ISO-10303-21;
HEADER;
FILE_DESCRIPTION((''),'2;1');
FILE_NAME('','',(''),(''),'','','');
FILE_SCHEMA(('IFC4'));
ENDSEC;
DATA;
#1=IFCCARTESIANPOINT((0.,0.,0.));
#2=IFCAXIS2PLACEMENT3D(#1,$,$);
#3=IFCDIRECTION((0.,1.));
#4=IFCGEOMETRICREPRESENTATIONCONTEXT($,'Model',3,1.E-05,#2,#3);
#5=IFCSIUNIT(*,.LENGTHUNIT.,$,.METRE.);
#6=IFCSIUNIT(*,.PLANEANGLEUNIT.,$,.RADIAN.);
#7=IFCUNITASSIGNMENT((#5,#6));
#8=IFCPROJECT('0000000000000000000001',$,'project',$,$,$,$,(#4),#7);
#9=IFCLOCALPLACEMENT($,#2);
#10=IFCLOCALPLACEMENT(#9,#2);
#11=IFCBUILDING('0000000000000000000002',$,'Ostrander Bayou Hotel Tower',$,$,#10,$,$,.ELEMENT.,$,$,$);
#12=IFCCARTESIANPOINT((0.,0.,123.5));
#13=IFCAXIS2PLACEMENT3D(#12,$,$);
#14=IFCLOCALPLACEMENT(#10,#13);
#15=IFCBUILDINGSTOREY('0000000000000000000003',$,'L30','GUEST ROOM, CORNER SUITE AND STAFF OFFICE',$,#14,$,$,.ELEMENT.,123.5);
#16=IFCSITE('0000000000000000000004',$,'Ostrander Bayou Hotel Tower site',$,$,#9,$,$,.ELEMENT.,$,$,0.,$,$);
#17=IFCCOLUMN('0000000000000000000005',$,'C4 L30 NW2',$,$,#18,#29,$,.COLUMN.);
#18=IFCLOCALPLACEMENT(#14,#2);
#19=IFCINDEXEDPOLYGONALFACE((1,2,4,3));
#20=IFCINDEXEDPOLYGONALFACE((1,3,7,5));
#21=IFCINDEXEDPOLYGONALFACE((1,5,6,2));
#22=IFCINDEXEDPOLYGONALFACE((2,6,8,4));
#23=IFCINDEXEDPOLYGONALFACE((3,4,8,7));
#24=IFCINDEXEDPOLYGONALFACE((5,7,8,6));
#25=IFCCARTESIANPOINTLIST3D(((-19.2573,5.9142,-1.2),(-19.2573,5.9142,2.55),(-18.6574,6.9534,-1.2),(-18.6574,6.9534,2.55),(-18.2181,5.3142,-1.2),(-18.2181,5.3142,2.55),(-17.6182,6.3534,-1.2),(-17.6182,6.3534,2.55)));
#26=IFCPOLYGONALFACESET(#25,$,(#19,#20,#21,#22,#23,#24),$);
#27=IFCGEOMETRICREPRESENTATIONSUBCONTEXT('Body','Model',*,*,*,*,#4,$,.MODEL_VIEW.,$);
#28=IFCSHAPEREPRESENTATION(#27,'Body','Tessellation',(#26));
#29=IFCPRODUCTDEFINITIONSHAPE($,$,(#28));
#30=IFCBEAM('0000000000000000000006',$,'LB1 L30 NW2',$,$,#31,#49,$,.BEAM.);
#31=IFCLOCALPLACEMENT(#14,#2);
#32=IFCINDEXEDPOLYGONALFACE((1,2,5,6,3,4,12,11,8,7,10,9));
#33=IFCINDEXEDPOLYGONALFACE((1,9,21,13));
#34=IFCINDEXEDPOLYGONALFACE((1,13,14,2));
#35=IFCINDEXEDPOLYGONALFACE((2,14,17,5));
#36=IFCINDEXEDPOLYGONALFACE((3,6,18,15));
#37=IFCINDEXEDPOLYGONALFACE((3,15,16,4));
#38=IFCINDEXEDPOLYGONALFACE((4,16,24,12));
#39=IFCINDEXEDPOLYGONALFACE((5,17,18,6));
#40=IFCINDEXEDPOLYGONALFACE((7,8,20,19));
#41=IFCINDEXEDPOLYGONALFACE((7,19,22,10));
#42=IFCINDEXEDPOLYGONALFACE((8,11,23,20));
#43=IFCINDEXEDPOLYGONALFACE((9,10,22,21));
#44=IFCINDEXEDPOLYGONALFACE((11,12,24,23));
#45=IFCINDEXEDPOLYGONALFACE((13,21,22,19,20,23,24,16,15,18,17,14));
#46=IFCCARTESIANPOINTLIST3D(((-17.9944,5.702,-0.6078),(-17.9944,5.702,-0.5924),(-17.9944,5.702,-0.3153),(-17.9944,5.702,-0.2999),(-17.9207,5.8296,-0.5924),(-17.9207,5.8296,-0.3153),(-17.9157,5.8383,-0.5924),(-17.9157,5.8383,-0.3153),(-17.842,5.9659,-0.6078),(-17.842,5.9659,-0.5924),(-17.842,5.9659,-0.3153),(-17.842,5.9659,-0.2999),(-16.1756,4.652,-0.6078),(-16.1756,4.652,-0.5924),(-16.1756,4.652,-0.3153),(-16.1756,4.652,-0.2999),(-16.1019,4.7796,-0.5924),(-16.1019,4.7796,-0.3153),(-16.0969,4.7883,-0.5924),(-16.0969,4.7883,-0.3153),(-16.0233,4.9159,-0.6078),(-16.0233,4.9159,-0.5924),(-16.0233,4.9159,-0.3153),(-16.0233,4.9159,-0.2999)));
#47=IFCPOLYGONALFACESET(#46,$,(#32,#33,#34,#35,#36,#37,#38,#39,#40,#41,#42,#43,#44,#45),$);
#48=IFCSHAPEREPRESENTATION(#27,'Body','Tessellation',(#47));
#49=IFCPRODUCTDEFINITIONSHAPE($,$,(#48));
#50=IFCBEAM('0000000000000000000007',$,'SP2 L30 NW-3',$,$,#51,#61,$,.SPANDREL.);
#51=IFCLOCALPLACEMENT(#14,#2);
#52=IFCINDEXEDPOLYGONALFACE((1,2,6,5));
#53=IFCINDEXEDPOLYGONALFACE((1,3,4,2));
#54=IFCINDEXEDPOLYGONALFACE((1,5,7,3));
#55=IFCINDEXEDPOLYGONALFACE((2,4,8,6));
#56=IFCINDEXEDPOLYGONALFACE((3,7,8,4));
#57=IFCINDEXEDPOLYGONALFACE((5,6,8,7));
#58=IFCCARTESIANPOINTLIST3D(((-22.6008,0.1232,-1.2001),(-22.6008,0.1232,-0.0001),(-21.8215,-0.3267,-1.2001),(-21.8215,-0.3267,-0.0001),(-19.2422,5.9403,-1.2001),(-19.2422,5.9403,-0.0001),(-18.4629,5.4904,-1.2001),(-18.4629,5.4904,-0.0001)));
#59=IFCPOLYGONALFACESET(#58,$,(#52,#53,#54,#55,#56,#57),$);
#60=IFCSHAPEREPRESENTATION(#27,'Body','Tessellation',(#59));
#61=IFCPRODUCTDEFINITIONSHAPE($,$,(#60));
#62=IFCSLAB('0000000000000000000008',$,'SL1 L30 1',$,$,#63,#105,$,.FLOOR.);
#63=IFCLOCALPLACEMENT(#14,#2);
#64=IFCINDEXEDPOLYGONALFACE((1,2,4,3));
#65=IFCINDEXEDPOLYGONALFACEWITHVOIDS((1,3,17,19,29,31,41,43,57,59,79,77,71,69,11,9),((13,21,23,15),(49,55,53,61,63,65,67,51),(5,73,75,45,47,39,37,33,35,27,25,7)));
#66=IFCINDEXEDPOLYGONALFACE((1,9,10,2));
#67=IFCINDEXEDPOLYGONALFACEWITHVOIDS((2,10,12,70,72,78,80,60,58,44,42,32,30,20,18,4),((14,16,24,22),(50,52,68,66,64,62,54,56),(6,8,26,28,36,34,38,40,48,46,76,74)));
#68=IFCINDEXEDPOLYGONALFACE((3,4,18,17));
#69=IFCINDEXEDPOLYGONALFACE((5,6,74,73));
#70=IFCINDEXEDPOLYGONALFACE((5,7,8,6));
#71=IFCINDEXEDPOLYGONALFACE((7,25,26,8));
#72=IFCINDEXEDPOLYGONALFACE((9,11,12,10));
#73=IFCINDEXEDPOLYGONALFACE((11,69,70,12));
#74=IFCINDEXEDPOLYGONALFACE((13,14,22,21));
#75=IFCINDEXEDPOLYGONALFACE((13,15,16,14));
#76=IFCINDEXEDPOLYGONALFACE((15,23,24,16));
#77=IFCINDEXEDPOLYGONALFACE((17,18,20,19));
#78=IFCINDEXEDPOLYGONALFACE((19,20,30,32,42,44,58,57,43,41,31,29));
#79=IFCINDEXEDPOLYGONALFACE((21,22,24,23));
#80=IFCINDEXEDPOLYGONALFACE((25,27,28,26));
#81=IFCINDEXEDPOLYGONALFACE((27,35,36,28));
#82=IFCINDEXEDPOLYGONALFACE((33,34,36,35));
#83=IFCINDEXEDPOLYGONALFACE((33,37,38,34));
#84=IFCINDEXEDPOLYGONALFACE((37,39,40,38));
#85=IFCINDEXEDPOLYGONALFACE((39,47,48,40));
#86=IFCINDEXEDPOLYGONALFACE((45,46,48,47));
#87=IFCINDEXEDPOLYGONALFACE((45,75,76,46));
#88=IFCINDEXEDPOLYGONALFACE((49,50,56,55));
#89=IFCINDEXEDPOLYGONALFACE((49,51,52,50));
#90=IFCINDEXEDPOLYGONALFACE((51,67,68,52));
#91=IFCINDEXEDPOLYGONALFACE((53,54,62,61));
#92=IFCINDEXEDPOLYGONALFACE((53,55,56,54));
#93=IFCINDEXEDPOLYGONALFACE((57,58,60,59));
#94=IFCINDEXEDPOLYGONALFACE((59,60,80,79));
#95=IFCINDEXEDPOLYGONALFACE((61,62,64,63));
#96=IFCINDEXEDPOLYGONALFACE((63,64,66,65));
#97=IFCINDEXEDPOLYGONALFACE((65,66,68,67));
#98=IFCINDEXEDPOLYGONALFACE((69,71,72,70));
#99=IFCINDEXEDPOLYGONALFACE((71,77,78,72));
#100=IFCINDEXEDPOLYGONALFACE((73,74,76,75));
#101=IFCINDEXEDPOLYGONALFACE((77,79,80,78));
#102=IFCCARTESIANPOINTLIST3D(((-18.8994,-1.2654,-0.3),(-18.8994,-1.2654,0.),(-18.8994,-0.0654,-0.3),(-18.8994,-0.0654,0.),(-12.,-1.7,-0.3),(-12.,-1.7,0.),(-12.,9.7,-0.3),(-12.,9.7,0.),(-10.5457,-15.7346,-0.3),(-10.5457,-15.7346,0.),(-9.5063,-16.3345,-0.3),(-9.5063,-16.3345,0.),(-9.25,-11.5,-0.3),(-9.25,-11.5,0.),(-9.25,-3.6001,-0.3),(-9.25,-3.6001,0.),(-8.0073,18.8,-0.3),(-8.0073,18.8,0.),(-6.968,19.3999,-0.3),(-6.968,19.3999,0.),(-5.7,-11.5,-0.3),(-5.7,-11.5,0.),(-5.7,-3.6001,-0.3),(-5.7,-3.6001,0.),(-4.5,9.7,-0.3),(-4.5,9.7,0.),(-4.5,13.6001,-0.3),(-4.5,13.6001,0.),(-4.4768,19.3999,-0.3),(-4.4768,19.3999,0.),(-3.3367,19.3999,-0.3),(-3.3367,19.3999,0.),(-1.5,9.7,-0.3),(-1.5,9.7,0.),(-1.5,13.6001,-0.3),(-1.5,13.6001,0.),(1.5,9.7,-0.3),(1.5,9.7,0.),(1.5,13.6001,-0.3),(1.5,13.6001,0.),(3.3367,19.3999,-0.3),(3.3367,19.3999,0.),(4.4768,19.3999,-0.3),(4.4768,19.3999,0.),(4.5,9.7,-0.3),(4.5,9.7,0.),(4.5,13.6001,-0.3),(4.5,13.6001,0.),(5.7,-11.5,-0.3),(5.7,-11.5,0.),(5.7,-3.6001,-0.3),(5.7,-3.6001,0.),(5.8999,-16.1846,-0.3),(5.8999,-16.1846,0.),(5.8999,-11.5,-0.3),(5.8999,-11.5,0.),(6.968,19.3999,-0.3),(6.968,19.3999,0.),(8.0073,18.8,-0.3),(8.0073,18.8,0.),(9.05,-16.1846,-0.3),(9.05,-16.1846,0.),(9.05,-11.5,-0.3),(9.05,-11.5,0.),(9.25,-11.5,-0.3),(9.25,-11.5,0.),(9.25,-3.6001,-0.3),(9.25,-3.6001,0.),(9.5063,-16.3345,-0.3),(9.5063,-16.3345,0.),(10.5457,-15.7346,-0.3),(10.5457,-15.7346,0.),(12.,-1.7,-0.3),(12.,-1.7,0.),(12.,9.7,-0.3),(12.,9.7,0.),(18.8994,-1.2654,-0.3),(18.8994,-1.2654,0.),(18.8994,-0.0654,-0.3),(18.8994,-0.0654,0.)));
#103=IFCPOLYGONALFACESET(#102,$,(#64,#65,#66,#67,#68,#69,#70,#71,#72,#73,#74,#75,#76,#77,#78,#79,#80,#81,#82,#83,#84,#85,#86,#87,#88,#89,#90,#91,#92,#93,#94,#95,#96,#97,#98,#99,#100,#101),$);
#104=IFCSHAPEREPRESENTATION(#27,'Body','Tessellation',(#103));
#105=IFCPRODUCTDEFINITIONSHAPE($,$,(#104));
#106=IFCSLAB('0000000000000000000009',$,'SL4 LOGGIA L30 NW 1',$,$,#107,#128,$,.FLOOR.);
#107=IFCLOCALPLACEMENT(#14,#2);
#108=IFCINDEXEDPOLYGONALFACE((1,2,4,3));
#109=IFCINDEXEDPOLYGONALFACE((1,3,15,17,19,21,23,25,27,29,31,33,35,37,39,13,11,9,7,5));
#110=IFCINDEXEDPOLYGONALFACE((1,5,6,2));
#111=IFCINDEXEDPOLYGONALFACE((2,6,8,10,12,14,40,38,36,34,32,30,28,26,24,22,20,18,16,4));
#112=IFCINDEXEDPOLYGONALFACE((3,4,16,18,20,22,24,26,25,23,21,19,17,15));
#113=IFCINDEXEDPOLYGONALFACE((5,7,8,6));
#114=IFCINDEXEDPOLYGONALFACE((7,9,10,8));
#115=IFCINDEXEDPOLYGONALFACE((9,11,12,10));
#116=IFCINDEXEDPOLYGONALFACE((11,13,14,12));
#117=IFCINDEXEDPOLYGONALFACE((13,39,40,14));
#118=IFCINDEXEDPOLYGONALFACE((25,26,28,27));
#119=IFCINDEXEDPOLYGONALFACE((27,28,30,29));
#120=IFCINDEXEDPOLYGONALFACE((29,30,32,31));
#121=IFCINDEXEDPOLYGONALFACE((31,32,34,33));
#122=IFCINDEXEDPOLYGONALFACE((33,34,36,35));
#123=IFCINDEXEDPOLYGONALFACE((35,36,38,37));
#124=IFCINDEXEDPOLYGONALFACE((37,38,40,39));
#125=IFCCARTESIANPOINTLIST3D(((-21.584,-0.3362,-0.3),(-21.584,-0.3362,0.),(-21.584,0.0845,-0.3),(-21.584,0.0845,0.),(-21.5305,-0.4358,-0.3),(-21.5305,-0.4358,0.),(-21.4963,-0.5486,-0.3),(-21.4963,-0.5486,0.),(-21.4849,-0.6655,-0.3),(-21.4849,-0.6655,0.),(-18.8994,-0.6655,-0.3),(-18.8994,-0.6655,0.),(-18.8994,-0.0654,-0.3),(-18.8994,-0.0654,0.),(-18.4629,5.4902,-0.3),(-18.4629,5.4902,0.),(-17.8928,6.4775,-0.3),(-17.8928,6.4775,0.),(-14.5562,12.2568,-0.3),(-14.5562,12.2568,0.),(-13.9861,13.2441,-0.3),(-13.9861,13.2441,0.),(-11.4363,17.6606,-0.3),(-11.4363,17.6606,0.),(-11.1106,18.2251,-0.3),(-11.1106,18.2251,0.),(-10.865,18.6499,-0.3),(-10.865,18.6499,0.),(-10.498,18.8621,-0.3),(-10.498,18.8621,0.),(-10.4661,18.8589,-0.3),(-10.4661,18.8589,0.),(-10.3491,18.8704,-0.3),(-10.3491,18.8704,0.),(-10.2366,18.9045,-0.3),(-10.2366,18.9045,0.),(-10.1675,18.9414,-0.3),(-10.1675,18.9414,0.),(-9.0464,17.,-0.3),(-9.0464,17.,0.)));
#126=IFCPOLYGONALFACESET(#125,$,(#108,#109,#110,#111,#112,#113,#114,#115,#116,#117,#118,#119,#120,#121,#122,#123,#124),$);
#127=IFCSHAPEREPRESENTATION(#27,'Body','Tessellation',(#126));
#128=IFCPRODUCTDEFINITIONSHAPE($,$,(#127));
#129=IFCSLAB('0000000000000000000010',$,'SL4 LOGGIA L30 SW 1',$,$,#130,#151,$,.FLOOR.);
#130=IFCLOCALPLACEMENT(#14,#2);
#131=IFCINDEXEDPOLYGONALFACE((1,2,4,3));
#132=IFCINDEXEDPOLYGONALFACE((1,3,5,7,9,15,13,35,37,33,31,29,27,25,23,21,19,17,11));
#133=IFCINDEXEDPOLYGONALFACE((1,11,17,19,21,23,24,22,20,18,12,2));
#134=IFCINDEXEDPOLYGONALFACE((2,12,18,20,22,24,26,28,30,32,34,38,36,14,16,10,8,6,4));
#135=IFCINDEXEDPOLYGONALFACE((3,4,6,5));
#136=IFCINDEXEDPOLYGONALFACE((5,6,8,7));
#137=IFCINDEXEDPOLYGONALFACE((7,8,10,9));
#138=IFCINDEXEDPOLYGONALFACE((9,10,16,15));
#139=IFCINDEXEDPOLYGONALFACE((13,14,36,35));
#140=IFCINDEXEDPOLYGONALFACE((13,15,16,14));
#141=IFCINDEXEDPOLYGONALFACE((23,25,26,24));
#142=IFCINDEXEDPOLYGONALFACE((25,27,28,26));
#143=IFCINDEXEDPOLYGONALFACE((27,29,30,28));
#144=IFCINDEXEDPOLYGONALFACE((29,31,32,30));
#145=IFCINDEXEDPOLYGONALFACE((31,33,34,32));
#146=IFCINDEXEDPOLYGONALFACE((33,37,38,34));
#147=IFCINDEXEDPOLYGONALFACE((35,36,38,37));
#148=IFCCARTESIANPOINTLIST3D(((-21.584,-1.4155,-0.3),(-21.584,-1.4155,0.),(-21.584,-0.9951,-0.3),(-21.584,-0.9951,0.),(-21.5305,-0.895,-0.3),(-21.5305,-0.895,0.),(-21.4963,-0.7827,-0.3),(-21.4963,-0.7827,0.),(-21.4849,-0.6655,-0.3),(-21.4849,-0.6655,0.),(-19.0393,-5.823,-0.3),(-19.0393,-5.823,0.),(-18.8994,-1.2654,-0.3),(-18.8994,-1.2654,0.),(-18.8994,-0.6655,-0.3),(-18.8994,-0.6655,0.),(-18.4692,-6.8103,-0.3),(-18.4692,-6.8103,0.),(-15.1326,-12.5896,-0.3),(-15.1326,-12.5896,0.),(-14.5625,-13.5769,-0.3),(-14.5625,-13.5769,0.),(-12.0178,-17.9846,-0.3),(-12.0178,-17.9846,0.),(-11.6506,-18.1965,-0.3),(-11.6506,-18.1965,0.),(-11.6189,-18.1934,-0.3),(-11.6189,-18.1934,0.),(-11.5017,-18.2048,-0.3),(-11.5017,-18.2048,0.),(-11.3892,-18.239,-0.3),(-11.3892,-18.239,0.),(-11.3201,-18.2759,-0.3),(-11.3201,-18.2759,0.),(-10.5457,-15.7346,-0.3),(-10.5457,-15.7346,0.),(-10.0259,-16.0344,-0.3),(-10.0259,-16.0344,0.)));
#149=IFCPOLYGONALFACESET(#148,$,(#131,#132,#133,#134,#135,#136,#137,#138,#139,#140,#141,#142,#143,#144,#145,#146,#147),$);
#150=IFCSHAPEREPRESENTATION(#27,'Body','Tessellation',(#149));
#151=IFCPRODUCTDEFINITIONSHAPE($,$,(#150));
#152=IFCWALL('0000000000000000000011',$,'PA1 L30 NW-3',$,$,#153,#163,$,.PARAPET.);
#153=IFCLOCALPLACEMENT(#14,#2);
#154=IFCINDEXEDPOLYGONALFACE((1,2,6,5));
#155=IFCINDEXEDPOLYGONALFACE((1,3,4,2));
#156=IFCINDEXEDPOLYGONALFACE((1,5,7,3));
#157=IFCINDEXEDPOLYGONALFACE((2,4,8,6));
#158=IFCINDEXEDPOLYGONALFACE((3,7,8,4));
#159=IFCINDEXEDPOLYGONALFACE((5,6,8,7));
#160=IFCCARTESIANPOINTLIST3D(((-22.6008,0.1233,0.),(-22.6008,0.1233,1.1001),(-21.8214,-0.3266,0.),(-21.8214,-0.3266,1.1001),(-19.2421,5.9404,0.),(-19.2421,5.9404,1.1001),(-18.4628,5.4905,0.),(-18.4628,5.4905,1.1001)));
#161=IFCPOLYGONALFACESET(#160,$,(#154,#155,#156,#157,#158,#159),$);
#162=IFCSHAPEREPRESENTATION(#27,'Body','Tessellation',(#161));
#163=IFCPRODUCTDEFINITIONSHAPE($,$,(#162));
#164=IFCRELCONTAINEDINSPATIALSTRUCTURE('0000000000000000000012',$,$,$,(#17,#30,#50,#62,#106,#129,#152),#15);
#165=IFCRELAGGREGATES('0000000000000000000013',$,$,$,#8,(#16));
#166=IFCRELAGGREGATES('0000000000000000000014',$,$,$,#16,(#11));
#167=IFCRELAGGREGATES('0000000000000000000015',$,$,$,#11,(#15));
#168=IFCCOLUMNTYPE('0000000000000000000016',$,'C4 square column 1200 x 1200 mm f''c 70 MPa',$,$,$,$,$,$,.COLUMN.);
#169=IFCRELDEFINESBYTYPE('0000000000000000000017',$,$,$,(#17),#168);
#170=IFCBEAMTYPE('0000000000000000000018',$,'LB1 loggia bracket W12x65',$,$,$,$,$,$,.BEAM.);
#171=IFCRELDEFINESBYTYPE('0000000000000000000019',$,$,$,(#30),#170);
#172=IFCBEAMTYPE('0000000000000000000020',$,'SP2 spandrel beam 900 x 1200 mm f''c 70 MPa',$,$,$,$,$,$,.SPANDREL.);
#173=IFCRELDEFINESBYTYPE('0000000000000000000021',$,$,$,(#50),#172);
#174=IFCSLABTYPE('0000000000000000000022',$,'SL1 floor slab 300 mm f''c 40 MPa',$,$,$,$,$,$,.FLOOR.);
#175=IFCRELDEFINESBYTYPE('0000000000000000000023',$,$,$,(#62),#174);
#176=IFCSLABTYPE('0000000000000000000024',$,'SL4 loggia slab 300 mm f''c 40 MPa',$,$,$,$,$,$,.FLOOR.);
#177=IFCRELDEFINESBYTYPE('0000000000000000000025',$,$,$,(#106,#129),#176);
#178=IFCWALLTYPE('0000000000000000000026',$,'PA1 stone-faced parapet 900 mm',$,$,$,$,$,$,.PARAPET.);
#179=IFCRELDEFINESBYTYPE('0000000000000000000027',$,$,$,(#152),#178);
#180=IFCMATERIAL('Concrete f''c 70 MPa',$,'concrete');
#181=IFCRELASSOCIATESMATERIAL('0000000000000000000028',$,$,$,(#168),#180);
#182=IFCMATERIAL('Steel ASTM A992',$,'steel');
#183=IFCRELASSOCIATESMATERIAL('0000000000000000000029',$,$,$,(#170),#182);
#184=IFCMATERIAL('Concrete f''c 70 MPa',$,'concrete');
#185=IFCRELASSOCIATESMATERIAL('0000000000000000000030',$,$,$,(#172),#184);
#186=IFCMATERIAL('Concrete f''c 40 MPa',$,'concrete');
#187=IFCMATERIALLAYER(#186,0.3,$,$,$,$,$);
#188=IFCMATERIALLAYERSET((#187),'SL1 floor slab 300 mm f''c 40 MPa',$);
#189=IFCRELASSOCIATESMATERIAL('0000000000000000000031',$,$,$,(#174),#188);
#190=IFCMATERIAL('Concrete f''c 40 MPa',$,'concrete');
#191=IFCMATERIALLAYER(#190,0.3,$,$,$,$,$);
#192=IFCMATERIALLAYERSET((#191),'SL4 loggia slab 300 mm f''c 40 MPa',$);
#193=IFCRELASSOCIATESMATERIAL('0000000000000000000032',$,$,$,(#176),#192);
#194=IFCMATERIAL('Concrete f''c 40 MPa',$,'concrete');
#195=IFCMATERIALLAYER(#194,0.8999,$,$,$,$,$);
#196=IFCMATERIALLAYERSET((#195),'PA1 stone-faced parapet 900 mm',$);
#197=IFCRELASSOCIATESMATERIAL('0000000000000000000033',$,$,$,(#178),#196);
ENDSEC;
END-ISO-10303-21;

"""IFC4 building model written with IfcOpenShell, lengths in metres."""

from ifc_helpers import new_model, si_unit, direction, frame, frame_2d, origin, origin_2d, place, context, subcontext, project, spatial, polyline, rectangle, i_section, outline, extrude, material, layer, layer_set, material_profile, profile_set, type_object, element, save


model = new_model("IFC4")

# Units and contexts
model_context = context("Model", 3, precision=1e-05, world=origin(), true_north=direction((0.0, 1.0)))
body_context = subcontext(model_context, "Body", "Model", "MODEL_VIEW")
ifc_project = project(units=[si_unit("LENGTHUNIT", "METRE"), si_unit("PLANEANGLEUNIT", "RADIAN")], contexts=[model_context])

# Site, building, storey
site_placement = place(None, origin())
site = spatial("IfcSite", under=ifc_project, at=site_placement, Name="Ostrander Bayou Hotel Tower site", CompositionType="ELEMENT", RefElevation=0.0)
building_placement = place(site_placement, origin())
building = spatial("IfcBuilding", under=site, at=building_placement, Name="Ostrander Bayou Hotel Tower", CompositionType="ELEMENT")
storey_placement = place(building_placement, frame((0.0, 0.0, 123.5)))
storey = spatial("IfcBuildingStorey", under=building, at=storey_placement, Name="L30", Description="GUEST ROOM, CORNER SUITE AND STAFF OFFICE", CompositionType="ELEMENT", Elevation=123.5)

# Column
ifc_material_1 = material(Name="Concrete f'c 70 MPa", Category="concrete")
ifc_material_profile_1 = material_profile(ifc_material_1, rectangle(XDim=1.2, YDim=1.2, at=origin_2d()))
ifc_profile_set_1 = profile_set([ifc_material_profile_1], Name="Concrete f'c 70 MPa")
column_type = type_object("IfcColumnType", Name="C4 square column 1200 x 1200 mm f'c 70 MPa", PredefinedType="COLUMN", material=ifc_profile_set_1)
column_placement = place(storey_placement, frame((-18.4377, 6.1338, -1.2), z_axis=(0.0, 0.0, 1.0), x_axis=(0.5, 0.866025, 0.0)))
element("IfcColumn", 1, at=column_placement, inside=storey, type_object=column_type, Name="C4 L30 NW2", PredefinedType="COLUMN", context=body_context, shape_type="SweptSolid", body=[
    extrude(rectangle(XDim=1.2, YDim=1.2, at=origin_2d()), origin(), (0.0, 0.0, 1.0), 3.75),
])

# Beams
ifc_material_2 = material(Name="Steel ASTM A992", Category="steel")
ifc_material_profile_2 = material_profile(ifc_material_2, i_section(OverallWidth=0.3047, OverallDepth=0.3079, WebThickness=0.01, FlangeThickness=0.0154, at=origin_2d()))
ifc_profile_set_2 = profile_set([ifc_material_profile_2], Name="Steel ASTM A992")
beam_type_1 = type_object("IfcBeamType", Name="LB1 loggia bracket W12x65", PredefinedType="BEAM", material=ifc_profile_set_2)
beam_1_placement = place(storey_placement, frame((-17.9182, 5.834, -0.4539), z_axis=(0.866038, -0.499977, 0.0), x_axis=(0.499977, 0.866038, 0.0)))
element("IfcBeam", 2, at=beam_1_placement, inside=storey, type_object=beam_type_1, Name="LB1 L30 NW2", PredefinedType="BEAM", context=body_context, shape_type="SweptSolid", body=[
    extrude(i_section(OverallWidth=0.3047, OverallDepth=0.3079, WebThickness=0.01, FlangeThickness=0.0154, at=origin_2d()), origin(), (0.0, 0.0, 1.0), 2.1001),
])
ifc_material_3 = material(Name="Concrete f'c 70 MPa", Category="concrete")
ifc_material_profile_3 = material_profile(ifc_material_3, rectangle(XDim=0.8999, YDim=1.2, at=origin_2d()))
ifc_profile_set_3 = profile_set([ifc_material_profile_3], Name="Concrete f'c 70 MPa")
beam_type_2 = type_object("IfcBeamType", Name="SP2 spandrel beam 900 x 1200 mm f'c 70 MPa", PredefinedType="SPANDREL", material=ifc_profile_set_3)
beam_2_placement = place(storey_placement, frame((-18.8525, 5.7153, -0.6001), z_axis=(-0.500013, -0.866018, 0.0), x_axis=(0.866018, -0.500013, 0.0)))
element("IfcBeam", 3, at=beam_2_placement, inside=storey, type_object=beam_type_2, Name="SP2 L30 NW-3", PredefinedType="SPANDREL", context=body_context, shape_type="SweptSolid", body=[
    extrude(rectangle(XDim=0.8999, YDim=1.2, at=origin_2d()), origin(), (0.0, 0.0, 1.0), 6.717),
])

# Slabs
ifc_material_4 = material(Name="Concrete f'c 40 MPa", Category="concrete")
ifc_layer_1 = layer(ifc_material_4, 0.3)
ifc_layer_set_1 = layer_set([ifc_layer_1], Name="SL1 floor slab 300 mm f'c 40 MPa")
slab_type_1 = type_object("IfcSlabType", Name="SL1 floor slab 300 mm f'c 40 MPa", PredefinedType="FLOOR", material=ifc_layer_set_1)
slab_1_placement = place(storey_placement, frame((0.0, 0.0, -0.3)))
element("IfcSlab", 4, at=slab_1_placement, inside=storey, type_object=slab_type_1, Name="SL1 L30 1", PredefinedType="FLOOR", context=body_context, shape_type="SweptSolid", body=[
    extrude(outline(polyline([(-3.3367, 19.3999), (3.3367, 19.3999), (4.4768, 19.3999), (6.968, 19.3999), (8.0073, 18.8), (18.8994, -0.0654), (18.8994, -1.2654), (10.5457, -15.7346), (9.5063, -16.3345), (-9.5063, -16.3345), (-10.5457, -15.7346), (-18.8994, -1.2654), (-18.8994, -0.0654), (-8.0073, 18.8), (-6.968, 19.3999), (-4.4768, 19.3999), (-3.3367, 19.3999)]), holes=[polyline([(-12.0, -1.7), (12.0, -1.7), (12.0, 9.7), (4.5, 9.7), (4.5, 13.6001), (1.5, 13.6001), (1.5, 9.7), (-1.5, 9.7), (-1.5, 13.6001), (-4.5, 13.6001), (-4.5, 9.7), (-12.0, 9.7), (-12.0, -1.7)]), polyline([(9.05, -11.5), (9.25, -11.5), (9.25, -3.6001), (5.7, -3.6001), (5.7, -11.5), (5.8999, -11.5), (5.8999, -16.1846), (9.05, -16.1846), (9.05, -11.5)]), polyline([(-5.7, -3.6001), (-9.25, -3.6001), (-9.25, -11.5), (-5.7, -11.5), (-5.7, -3.6001)])]), origin(), (0.0, 0.0, 1.0), 0.3),
])
ifc_material_5 = material(Name="Concrete f'c 40 MPa", Category="concrete")
ifc_layer_2 = layer(ifc_material_5, 0.3)
ifc_layer_set_2 = layer_set([ifc_layer_2], Name="SL4 loggia slab 300 mm f'c 40 MPa")
slab_type_2 = type_object("IfcSlabType", Name="SL4 loggia slab 300 mm f'c 40 MPa", PredefinedType="FLOOR", material=ifc_layer_set_2)
slab_2_placement = place(storey_placement, frame((0.0, 0.0, -0.3)))
element("IfcSlab", 5, at=slab_2_placement, inside=storey, type_object=slab_type_2, Name="SL4 LOGGIA L30 NW 1", PredefinedType="FLOOR", context=body_context, shape_type="SweptSolid", body=[
    extrude(outline(polyline([(-21.4849, -0.6655), (-21.4963, -0.5486), (-21.5305, -0.4358), (-21.584, -0.3362), (-21.584, 0.0845), (-18.4629, 5.4902), (-17.8928, 6.4775), (-14.5562, 12.2568), (-13.9861, 13.2441), (-11.4363, 17.6606), (-11.1106, 18.2251), (-10.865, 18.6499), (-10.498, 18.8621), (-10.4661, 18.8589), (-10.3491, 18.8704), (-10.2366, 18.9045), (-10.1675, 18.9414), (-9.0464, 17.0), (-18.8994, -0.0654), (-18.8994, -0.6655), (-21.4849, -0.6655)])), origin(), (0.0, 0.0, 1.0), 0.3),
])
slab_3_placement = place(storey_placement, frame((0.0, 0.0, -0.3)))
element("IfcSlab", 6, at=slab_3_placement, inside=storey, type_object=slab_type_2, Name="SL4 LOGGIA L30 SW 1", PredefinedType="FLOOR", context=body_context, shape_type="SweptSolid", body=[
    extrude(outline(polyline([(-10.0259, -16.0344), (-11.3201, -18.2759), (-11.3892, -18.239), (-11.5017, -18.2048), (-11.6189, -18.1934), (-11.6506, -18.1965), (-12.0178, -17.9846), (-14.5625, -13.5769), (-15.1326, -12.5896), (-18.4692, -6.8103), (-19.0393, -5.823), (-21.584, -1.4155), (-21.584, -0.9951), (-21.5305, -0.895), (-21.4963, -0.7827), (-21.4849, -0.6655), (-18.8994, -0.6655), (-18.8994, -1.2654), (-10.5457, -15.7346), (-10.0259, -16.0344)])), origin(), (0.0, 0.0, 1.0), 0.3),
])

# Wall
ifc_material_6 = material(Name="Concrete f'c 40 MPa", Category="concrete")
ifc_layer_3 = layer(ifc_material_6, 0.8999)
ifc_layer_set_3 = layer_set([ifc_layer_3], Name="PA1 stone-faced parapet 900 mm")
wall_type_1 = type_object("IfcWallType", Name="PA1 stone-faced parapet 900 mm", PredefinedType="PARAPET", material=ifc_layer_set_3)
wall_1_placement = place(storey_placement, frame((-18.8525, 5.7153, 0.0), z_axis=(0.0, 0.0, 1.0), x_axis=(-0.500013, -0.866018, 0.0)))
element("IfcWall", 7, at=wall_1_placement, inside=storey, type_object=wall_type_1, Name="PA1 L30 NW-3", PredefinedType="PARAPET", context=body_context, shape_type="SweptSolid", body=[
    extrude(rectangle(XDim=6.717, YDim=0.8999, at=frame_2d((3.3584, 0.0))), origin(), (0.0, 0.0, 1.0), 1.1001),
])

save(model, "model.ifc")
